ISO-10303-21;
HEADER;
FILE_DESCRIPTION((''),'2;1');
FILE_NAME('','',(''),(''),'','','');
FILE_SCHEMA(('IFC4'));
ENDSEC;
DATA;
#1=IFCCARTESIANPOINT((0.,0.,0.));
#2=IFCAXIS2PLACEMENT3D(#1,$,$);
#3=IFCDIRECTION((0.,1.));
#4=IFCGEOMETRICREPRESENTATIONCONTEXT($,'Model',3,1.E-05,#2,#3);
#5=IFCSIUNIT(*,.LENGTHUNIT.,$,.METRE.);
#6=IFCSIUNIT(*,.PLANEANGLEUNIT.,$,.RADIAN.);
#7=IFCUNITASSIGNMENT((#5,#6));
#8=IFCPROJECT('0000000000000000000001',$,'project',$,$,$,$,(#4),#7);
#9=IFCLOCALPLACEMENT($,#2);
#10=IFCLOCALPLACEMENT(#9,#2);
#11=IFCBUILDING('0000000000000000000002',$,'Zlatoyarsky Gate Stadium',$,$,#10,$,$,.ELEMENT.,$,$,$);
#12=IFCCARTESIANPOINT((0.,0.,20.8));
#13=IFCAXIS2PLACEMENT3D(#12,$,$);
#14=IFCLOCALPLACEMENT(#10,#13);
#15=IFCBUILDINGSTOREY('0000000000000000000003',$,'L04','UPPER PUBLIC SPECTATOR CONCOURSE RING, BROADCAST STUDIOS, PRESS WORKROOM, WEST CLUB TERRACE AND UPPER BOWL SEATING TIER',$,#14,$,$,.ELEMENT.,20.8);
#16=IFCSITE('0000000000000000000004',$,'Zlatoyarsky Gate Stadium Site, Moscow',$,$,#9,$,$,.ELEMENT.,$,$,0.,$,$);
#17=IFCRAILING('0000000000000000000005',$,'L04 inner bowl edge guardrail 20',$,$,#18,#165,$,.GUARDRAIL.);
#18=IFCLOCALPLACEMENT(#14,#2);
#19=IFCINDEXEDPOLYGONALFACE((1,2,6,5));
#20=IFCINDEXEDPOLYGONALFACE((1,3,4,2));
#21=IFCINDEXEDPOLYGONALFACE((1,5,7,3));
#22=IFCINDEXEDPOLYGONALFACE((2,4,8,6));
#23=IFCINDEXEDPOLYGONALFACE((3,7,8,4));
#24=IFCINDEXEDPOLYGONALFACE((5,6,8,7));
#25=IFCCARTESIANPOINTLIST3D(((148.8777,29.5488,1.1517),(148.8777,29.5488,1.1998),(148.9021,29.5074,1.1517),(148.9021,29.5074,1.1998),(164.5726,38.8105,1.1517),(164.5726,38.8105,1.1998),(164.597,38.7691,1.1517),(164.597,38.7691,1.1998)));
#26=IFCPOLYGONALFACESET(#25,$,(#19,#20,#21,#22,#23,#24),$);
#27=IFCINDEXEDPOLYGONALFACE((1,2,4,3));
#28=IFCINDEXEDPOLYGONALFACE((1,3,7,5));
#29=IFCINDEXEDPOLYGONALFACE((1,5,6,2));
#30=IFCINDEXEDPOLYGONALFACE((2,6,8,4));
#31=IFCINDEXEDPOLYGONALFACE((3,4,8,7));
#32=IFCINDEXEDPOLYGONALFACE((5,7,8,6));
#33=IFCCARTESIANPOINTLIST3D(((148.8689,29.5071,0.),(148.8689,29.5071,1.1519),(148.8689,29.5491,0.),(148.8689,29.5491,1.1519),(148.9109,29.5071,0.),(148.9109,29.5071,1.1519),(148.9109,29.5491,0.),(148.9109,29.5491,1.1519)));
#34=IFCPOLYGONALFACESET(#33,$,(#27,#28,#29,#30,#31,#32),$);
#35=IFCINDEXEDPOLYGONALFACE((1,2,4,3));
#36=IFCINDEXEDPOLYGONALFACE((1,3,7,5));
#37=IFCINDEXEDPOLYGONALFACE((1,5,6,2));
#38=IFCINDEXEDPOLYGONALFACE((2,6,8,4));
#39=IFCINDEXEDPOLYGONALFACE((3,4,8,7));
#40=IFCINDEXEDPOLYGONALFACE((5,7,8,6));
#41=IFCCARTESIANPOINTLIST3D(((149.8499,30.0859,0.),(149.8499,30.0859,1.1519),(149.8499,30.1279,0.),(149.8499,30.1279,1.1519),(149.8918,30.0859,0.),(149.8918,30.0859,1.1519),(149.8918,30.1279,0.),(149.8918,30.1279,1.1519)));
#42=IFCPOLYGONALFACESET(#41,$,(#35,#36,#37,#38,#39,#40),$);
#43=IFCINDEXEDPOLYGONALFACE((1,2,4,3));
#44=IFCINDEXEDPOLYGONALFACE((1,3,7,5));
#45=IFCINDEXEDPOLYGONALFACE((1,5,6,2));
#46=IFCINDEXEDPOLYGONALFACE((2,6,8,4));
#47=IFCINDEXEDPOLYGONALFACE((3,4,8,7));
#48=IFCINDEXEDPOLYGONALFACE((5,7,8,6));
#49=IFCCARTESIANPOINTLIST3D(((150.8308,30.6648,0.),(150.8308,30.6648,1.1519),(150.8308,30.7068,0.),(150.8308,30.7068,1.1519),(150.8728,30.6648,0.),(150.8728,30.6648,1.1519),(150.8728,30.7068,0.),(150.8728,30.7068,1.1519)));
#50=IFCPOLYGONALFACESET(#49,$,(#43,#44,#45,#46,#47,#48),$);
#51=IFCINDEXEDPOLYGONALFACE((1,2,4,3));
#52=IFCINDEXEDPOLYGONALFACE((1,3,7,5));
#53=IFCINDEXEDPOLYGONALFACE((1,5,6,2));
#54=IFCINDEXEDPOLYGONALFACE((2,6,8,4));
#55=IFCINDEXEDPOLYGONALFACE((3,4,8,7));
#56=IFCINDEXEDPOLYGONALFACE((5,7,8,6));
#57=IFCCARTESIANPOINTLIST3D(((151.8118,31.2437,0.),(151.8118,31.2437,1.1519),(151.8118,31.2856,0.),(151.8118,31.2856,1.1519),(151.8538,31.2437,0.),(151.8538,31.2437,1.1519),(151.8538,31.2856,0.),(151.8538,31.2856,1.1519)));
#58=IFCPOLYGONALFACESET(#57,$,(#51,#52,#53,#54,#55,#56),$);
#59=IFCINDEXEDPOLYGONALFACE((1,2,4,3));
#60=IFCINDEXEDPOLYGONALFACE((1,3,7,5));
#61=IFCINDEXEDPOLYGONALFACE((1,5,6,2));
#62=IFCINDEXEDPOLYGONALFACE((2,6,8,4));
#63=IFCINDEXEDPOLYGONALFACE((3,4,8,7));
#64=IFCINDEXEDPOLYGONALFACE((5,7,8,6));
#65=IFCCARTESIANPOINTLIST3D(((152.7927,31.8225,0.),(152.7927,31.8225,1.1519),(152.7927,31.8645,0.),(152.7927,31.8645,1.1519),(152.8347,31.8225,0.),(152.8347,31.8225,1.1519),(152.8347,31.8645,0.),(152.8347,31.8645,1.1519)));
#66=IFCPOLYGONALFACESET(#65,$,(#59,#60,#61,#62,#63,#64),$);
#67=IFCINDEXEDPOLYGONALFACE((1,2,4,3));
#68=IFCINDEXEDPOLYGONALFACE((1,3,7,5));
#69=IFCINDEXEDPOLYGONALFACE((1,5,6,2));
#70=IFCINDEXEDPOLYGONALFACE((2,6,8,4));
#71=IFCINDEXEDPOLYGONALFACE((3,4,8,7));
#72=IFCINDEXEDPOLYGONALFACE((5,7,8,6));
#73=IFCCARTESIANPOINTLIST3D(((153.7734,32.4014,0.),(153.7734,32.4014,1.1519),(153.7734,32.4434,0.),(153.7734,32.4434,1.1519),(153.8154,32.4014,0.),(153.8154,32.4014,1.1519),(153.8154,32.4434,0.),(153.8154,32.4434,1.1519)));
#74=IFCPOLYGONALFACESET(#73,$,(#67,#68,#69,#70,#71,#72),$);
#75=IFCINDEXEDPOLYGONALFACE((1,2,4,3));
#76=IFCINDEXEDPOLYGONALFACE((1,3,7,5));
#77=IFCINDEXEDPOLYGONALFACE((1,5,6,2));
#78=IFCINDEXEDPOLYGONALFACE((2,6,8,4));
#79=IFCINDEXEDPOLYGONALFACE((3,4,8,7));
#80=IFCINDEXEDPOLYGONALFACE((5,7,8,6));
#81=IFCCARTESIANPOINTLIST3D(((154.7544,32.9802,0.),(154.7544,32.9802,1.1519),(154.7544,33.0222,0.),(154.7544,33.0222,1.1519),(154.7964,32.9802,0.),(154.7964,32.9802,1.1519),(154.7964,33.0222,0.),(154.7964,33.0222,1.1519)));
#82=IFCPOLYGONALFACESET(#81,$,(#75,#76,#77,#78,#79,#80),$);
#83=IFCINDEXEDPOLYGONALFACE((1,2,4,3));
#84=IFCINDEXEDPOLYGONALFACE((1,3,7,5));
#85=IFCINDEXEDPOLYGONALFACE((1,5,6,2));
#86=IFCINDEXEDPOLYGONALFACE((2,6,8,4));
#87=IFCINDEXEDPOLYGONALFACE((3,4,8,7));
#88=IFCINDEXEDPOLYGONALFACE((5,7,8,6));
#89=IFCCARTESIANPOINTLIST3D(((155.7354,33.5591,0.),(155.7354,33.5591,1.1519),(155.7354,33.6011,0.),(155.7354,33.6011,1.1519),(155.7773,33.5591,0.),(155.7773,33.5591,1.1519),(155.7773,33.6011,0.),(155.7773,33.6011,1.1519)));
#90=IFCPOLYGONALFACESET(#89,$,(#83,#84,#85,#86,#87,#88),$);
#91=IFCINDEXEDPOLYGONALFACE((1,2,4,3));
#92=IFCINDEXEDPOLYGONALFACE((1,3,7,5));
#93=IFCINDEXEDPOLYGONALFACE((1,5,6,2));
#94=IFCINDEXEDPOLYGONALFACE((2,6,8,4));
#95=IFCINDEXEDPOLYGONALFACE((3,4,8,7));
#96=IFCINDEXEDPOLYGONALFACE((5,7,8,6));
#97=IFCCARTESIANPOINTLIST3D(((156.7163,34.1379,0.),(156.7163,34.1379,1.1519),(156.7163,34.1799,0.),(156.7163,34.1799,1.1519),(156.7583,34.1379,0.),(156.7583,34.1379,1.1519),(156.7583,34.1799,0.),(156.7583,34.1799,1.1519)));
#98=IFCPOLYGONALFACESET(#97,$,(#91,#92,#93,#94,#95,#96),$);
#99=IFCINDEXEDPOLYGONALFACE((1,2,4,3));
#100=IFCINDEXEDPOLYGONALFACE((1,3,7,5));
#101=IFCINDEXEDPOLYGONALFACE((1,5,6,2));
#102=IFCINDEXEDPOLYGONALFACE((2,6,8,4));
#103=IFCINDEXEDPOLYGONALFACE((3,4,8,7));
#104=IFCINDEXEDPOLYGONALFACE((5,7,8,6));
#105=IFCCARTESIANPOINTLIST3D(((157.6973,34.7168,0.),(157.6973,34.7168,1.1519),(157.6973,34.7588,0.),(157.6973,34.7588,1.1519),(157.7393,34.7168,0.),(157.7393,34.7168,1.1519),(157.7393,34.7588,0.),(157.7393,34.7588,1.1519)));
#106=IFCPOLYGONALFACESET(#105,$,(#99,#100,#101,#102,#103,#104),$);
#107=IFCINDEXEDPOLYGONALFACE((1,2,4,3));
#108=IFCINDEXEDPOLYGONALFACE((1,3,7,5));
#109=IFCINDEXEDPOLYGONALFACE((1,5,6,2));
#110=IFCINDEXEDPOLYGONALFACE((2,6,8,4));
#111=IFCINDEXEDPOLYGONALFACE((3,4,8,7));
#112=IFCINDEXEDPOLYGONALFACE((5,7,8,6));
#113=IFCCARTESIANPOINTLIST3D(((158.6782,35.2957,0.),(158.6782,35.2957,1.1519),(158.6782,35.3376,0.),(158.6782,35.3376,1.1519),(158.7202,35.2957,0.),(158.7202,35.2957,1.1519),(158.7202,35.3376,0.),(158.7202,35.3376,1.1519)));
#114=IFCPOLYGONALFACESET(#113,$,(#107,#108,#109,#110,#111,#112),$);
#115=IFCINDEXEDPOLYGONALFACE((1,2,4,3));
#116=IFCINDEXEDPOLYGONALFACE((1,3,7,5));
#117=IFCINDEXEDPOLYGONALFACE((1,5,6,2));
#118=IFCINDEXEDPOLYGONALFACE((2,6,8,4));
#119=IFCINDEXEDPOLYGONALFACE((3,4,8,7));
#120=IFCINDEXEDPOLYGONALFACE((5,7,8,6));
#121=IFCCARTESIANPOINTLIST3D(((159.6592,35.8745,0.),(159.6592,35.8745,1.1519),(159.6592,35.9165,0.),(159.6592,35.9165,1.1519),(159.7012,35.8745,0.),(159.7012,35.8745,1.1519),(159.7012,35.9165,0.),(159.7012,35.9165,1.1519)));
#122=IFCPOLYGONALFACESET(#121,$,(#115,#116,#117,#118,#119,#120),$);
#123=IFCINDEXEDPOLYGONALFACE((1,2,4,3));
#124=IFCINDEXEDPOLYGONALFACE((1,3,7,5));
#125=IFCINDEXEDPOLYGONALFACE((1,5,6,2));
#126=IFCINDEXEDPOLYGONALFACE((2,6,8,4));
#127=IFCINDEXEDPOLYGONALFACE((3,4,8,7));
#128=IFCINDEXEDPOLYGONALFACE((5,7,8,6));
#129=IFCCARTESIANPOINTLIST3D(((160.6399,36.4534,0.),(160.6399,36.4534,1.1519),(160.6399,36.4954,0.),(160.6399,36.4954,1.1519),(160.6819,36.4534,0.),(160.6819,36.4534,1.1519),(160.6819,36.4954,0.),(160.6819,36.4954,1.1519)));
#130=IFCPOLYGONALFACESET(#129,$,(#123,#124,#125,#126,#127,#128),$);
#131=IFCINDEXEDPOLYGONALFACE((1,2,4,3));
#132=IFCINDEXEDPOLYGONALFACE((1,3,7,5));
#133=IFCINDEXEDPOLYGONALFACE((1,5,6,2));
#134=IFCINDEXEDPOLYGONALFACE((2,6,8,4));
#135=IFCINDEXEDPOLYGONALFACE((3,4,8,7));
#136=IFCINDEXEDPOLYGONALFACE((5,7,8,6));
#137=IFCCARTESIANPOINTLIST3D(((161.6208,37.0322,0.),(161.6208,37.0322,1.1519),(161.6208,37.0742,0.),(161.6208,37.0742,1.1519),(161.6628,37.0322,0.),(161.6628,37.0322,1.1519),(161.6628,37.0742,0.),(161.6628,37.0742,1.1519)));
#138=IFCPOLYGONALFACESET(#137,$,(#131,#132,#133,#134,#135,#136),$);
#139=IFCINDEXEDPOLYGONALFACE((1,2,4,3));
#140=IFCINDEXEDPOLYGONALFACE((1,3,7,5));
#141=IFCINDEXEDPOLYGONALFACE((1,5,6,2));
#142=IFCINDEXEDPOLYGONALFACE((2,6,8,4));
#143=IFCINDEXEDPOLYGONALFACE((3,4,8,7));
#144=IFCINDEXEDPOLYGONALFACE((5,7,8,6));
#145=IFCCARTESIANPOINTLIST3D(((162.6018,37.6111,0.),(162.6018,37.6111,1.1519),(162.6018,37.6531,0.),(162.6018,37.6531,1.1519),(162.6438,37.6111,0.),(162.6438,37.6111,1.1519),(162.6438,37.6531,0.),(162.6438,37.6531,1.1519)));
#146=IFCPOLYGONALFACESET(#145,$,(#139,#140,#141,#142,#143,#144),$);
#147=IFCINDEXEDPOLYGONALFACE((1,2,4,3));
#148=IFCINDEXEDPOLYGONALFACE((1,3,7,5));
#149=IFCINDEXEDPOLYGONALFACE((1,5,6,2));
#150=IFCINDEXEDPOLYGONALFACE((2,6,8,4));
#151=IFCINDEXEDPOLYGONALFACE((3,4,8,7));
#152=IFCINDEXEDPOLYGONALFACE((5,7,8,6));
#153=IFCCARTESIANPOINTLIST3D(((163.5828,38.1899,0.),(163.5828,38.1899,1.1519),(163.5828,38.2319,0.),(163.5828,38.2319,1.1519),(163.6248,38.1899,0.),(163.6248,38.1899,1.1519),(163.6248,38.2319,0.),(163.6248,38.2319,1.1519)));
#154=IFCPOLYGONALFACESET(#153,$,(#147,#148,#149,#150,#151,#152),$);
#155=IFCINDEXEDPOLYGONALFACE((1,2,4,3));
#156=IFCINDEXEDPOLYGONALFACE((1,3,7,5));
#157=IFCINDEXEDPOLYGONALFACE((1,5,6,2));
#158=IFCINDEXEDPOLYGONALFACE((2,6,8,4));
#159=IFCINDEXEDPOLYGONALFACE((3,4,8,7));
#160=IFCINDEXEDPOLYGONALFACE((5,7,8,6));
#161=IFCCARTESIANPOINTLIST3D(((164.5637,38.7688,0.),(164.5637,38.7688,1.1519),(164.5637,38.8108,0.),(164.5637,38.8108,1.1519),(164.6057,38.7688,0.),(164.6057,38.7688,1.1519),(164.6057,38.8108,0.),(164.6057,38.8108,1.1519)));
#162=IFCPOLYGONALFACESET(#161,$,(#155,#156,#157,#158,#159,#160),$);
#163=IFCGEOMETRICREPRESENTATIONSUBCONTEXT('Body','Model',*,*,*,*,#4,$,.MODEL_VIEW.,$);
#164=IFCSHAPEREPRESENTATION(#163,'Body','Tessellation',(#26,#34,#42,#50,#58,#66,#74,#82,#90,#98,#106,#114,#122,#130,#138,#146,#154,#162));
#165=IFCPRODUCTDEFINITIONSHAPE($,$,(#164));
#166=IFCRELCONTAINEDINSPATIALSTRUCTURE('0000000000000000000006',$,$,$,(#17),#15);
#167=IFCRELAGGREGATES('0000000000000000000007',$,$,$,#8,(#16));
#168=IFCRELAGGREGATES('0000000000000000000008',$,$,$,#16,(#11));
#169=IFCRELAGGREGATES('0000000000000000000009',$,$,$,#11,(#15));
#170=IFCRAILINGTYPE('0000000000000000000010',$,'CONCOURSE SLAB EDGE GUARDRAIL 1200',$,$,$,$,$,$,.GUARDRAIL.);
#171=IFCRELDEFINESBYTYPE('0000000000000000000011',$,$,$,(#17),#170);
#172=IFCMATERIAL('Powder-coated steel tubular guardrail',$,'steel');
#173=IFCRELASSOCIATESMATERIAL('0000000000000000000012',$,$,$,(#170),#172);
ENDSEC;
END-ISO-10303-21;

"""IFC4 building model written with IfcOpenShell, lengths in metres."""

from ifc_helpers import new_model, si_unit, direction, frame, origin, origin_2d, place, context, subcontext, project, spatial, rectangle, extrude, material, type_object, element, save


model = new_model("IFC4")

# Units and contexts
model_context = context("Model", 3, precision=1e-05, world=origin(), true_north=direction((0.0, 1.0)))
body_context = subcontext(model_context, "Body", "Model", "MODEL_VIEW")
ifc_project = project(units=[si_unit("LENGTHUNIT", "METRE"), si_unit("PLANEANGLEUNIT", "RADIAN")], contexts=[model_context])

# Site, building, storey
site_placement = place(None, origin())
site = spatial("IfcSite", under=ifc_project, at=site_placement, Name="Zlatoyarsky Gate Stadium Site, Moscow", CompositionType="ELEMENT", RefElevation=0.0)
building_placement = place(site_placement, origin())
building = spatial("IfcBuilding", under=site, at=building_placement, Name="Zlatoyarsky Gate Stadium", CompositionType="ELEMENT")
storey_placement = place(building_placement, frame((0.0, 0.0, 20.8)))
storey = spatial("IfcBuildingStorey", under=building, at=storey_placement, Name="L04", Description="UPPER PUBLIC SPECTATOR CONCOURSE RING, BROADCAST STUDIOS, PRESS WORKROOM, WEST CLUB TERRACE AND UPPER BOWL SEATING TIER", CompositionType="ELEMENT", Elevation=20.8)

# Railing
ifc_material_1 = material(Name="Powder-coated steel tubular guardrail", Category="steel")
railing_type_1 = type_object("IfcRailingType", Name="CONCOURSE SLAB EDGE GUARDRAIL 1200", PredefinedType="GUARDRAIL", material=ifc_material_1)
railing_1_placement = place(storey_placement, frame((148.8899, 29.5281, 0.0)))
element("IfcRailing", 1, at=railing_1_placement, inside=storey, type_object=railing_type_1, Name="L04 inner bowl edge guardrail 20", PredefinedType="GUARDRAIL", context=body_context, shape_type="SweptSolid", body=[
    extrude(rectangle(XDim=0.0481, YDim=0.0481, at=origin_2d()), frame((0.0, 0.0, 1.1758), z_axis=(0.861227, 0.508221, 0.0), x_axis=(-0.508221, 0.861227, 0.0)), (0.0, 0.0, 1.0), 18.2239),
    extrude(rectangle(XDim=0.042, YDim=0.042, at=origin_2d()), origin(), (0.0, 0.0, 1.0), 1.1519),
    extrude(rectangle(XDim=0.042, YDim=0.042, at=origin_2d()), frame((0.981, 0.5789, 0.0)), (0.0, 0.0, 1.0), 1.1519),
    extrude(rectangle(XDim=0.042, YDim=0.042, at=origin_2d()), frame((1.9619, 1.1577, 0.0)), (0.0, 0.0, 1.0), 1.1519),
    extrude(rectangle(XDim=0.042, YDim=0.042, at=origin_2d()), frame((2.9429, 1.7366, 0.0)), (0.0, 0.0, 1.0), 1.1519),
    extrude(rectangle(XDim=0.042, YDim=0.042, at=origin_2d()), frame((3.9238, 2.3154, 0.0)), (0.0, 0.0, 1.0), 1.1519),
    extrude(rectangle(XDim=0.042, YDim=0.042, at=origin_2d()), frame((4.9045, 2.8943, 0.0)), (0.0, 0.0, 1.0), 1.1519),
    extrude(rectangle(XDim=0.042, YDim=0.042, at=origin_2d()), frame((5.8855, 3.4731, 0.0)), (0.0, 0.0, 1.0), 1.1519),
    extrude(rectangle(XDim=0.042, YDim=0.042, at=origin_2d()), frame((6.8665, 4.052, 0.0)), (0.0, 0.0, 1.0), 1.1519),
    extrude(rectangle(XDim=0.042, YDim=0.042, at=origin_2d()), frame((7.8474, 4.6309, 0.0)), (0.0, 0.0, 1.0), 1.1519),
    extrude(rectangle(XDim=0.042, YDim=0.042, at=origin_2d()), frame((8.8284, 5.2097, 0.0)), (0.0, 0.0, 1.0), 1.1519),
    extrude(rectangle(XDim=0.042, YDim=0.042, at=origin_2d()), frame((9.8093, 5.7886, 0.0)), (0.0, 0.0, 1.0), 1.1519),
    extrude(rectangle(XDim=0.042, YDim=0.042, at=origin_2d()), frame((10.7903, 6.3674, 0.0)), (0.0, 0.0, 1.0), 1.1519),
    extrude(rectangle(XDim=0.042, YDim=0.042, at=origin_2d()), frame((11.771, 6.9463, 0.0)), (0.0, 0.0, 1.0), 1.1519),
    extrude(rectangle(XDim=0.042, YDim=0.042, at=origin_2d()), frame((12.752, 7.5251, 0.0)), (0.0, 0.0, 1.0), 1.1519),
    extrude(rectangle(XDim=0.042, YDim=0.042, at=origin_2d()), frame((13.7329, 8.104, 0.0)), (0.0, 0.0, 1.0), 1.1519),
    extrude(rectangle(XDim=0.042, YDim=0.042, at=origin_2d()), frame((14.7139, 8.6829, 0.0)), (0.0, 0.0, 1.0), 1.1519),
    extrude(rectangle(XDim=0.042, YDim=0.042, at=origin_2d()), frame((15.6948, 9.2617, 0.0)), (0.0, 0.0, 1.0), 1.1519),
])

save(model, "model.ifc")
